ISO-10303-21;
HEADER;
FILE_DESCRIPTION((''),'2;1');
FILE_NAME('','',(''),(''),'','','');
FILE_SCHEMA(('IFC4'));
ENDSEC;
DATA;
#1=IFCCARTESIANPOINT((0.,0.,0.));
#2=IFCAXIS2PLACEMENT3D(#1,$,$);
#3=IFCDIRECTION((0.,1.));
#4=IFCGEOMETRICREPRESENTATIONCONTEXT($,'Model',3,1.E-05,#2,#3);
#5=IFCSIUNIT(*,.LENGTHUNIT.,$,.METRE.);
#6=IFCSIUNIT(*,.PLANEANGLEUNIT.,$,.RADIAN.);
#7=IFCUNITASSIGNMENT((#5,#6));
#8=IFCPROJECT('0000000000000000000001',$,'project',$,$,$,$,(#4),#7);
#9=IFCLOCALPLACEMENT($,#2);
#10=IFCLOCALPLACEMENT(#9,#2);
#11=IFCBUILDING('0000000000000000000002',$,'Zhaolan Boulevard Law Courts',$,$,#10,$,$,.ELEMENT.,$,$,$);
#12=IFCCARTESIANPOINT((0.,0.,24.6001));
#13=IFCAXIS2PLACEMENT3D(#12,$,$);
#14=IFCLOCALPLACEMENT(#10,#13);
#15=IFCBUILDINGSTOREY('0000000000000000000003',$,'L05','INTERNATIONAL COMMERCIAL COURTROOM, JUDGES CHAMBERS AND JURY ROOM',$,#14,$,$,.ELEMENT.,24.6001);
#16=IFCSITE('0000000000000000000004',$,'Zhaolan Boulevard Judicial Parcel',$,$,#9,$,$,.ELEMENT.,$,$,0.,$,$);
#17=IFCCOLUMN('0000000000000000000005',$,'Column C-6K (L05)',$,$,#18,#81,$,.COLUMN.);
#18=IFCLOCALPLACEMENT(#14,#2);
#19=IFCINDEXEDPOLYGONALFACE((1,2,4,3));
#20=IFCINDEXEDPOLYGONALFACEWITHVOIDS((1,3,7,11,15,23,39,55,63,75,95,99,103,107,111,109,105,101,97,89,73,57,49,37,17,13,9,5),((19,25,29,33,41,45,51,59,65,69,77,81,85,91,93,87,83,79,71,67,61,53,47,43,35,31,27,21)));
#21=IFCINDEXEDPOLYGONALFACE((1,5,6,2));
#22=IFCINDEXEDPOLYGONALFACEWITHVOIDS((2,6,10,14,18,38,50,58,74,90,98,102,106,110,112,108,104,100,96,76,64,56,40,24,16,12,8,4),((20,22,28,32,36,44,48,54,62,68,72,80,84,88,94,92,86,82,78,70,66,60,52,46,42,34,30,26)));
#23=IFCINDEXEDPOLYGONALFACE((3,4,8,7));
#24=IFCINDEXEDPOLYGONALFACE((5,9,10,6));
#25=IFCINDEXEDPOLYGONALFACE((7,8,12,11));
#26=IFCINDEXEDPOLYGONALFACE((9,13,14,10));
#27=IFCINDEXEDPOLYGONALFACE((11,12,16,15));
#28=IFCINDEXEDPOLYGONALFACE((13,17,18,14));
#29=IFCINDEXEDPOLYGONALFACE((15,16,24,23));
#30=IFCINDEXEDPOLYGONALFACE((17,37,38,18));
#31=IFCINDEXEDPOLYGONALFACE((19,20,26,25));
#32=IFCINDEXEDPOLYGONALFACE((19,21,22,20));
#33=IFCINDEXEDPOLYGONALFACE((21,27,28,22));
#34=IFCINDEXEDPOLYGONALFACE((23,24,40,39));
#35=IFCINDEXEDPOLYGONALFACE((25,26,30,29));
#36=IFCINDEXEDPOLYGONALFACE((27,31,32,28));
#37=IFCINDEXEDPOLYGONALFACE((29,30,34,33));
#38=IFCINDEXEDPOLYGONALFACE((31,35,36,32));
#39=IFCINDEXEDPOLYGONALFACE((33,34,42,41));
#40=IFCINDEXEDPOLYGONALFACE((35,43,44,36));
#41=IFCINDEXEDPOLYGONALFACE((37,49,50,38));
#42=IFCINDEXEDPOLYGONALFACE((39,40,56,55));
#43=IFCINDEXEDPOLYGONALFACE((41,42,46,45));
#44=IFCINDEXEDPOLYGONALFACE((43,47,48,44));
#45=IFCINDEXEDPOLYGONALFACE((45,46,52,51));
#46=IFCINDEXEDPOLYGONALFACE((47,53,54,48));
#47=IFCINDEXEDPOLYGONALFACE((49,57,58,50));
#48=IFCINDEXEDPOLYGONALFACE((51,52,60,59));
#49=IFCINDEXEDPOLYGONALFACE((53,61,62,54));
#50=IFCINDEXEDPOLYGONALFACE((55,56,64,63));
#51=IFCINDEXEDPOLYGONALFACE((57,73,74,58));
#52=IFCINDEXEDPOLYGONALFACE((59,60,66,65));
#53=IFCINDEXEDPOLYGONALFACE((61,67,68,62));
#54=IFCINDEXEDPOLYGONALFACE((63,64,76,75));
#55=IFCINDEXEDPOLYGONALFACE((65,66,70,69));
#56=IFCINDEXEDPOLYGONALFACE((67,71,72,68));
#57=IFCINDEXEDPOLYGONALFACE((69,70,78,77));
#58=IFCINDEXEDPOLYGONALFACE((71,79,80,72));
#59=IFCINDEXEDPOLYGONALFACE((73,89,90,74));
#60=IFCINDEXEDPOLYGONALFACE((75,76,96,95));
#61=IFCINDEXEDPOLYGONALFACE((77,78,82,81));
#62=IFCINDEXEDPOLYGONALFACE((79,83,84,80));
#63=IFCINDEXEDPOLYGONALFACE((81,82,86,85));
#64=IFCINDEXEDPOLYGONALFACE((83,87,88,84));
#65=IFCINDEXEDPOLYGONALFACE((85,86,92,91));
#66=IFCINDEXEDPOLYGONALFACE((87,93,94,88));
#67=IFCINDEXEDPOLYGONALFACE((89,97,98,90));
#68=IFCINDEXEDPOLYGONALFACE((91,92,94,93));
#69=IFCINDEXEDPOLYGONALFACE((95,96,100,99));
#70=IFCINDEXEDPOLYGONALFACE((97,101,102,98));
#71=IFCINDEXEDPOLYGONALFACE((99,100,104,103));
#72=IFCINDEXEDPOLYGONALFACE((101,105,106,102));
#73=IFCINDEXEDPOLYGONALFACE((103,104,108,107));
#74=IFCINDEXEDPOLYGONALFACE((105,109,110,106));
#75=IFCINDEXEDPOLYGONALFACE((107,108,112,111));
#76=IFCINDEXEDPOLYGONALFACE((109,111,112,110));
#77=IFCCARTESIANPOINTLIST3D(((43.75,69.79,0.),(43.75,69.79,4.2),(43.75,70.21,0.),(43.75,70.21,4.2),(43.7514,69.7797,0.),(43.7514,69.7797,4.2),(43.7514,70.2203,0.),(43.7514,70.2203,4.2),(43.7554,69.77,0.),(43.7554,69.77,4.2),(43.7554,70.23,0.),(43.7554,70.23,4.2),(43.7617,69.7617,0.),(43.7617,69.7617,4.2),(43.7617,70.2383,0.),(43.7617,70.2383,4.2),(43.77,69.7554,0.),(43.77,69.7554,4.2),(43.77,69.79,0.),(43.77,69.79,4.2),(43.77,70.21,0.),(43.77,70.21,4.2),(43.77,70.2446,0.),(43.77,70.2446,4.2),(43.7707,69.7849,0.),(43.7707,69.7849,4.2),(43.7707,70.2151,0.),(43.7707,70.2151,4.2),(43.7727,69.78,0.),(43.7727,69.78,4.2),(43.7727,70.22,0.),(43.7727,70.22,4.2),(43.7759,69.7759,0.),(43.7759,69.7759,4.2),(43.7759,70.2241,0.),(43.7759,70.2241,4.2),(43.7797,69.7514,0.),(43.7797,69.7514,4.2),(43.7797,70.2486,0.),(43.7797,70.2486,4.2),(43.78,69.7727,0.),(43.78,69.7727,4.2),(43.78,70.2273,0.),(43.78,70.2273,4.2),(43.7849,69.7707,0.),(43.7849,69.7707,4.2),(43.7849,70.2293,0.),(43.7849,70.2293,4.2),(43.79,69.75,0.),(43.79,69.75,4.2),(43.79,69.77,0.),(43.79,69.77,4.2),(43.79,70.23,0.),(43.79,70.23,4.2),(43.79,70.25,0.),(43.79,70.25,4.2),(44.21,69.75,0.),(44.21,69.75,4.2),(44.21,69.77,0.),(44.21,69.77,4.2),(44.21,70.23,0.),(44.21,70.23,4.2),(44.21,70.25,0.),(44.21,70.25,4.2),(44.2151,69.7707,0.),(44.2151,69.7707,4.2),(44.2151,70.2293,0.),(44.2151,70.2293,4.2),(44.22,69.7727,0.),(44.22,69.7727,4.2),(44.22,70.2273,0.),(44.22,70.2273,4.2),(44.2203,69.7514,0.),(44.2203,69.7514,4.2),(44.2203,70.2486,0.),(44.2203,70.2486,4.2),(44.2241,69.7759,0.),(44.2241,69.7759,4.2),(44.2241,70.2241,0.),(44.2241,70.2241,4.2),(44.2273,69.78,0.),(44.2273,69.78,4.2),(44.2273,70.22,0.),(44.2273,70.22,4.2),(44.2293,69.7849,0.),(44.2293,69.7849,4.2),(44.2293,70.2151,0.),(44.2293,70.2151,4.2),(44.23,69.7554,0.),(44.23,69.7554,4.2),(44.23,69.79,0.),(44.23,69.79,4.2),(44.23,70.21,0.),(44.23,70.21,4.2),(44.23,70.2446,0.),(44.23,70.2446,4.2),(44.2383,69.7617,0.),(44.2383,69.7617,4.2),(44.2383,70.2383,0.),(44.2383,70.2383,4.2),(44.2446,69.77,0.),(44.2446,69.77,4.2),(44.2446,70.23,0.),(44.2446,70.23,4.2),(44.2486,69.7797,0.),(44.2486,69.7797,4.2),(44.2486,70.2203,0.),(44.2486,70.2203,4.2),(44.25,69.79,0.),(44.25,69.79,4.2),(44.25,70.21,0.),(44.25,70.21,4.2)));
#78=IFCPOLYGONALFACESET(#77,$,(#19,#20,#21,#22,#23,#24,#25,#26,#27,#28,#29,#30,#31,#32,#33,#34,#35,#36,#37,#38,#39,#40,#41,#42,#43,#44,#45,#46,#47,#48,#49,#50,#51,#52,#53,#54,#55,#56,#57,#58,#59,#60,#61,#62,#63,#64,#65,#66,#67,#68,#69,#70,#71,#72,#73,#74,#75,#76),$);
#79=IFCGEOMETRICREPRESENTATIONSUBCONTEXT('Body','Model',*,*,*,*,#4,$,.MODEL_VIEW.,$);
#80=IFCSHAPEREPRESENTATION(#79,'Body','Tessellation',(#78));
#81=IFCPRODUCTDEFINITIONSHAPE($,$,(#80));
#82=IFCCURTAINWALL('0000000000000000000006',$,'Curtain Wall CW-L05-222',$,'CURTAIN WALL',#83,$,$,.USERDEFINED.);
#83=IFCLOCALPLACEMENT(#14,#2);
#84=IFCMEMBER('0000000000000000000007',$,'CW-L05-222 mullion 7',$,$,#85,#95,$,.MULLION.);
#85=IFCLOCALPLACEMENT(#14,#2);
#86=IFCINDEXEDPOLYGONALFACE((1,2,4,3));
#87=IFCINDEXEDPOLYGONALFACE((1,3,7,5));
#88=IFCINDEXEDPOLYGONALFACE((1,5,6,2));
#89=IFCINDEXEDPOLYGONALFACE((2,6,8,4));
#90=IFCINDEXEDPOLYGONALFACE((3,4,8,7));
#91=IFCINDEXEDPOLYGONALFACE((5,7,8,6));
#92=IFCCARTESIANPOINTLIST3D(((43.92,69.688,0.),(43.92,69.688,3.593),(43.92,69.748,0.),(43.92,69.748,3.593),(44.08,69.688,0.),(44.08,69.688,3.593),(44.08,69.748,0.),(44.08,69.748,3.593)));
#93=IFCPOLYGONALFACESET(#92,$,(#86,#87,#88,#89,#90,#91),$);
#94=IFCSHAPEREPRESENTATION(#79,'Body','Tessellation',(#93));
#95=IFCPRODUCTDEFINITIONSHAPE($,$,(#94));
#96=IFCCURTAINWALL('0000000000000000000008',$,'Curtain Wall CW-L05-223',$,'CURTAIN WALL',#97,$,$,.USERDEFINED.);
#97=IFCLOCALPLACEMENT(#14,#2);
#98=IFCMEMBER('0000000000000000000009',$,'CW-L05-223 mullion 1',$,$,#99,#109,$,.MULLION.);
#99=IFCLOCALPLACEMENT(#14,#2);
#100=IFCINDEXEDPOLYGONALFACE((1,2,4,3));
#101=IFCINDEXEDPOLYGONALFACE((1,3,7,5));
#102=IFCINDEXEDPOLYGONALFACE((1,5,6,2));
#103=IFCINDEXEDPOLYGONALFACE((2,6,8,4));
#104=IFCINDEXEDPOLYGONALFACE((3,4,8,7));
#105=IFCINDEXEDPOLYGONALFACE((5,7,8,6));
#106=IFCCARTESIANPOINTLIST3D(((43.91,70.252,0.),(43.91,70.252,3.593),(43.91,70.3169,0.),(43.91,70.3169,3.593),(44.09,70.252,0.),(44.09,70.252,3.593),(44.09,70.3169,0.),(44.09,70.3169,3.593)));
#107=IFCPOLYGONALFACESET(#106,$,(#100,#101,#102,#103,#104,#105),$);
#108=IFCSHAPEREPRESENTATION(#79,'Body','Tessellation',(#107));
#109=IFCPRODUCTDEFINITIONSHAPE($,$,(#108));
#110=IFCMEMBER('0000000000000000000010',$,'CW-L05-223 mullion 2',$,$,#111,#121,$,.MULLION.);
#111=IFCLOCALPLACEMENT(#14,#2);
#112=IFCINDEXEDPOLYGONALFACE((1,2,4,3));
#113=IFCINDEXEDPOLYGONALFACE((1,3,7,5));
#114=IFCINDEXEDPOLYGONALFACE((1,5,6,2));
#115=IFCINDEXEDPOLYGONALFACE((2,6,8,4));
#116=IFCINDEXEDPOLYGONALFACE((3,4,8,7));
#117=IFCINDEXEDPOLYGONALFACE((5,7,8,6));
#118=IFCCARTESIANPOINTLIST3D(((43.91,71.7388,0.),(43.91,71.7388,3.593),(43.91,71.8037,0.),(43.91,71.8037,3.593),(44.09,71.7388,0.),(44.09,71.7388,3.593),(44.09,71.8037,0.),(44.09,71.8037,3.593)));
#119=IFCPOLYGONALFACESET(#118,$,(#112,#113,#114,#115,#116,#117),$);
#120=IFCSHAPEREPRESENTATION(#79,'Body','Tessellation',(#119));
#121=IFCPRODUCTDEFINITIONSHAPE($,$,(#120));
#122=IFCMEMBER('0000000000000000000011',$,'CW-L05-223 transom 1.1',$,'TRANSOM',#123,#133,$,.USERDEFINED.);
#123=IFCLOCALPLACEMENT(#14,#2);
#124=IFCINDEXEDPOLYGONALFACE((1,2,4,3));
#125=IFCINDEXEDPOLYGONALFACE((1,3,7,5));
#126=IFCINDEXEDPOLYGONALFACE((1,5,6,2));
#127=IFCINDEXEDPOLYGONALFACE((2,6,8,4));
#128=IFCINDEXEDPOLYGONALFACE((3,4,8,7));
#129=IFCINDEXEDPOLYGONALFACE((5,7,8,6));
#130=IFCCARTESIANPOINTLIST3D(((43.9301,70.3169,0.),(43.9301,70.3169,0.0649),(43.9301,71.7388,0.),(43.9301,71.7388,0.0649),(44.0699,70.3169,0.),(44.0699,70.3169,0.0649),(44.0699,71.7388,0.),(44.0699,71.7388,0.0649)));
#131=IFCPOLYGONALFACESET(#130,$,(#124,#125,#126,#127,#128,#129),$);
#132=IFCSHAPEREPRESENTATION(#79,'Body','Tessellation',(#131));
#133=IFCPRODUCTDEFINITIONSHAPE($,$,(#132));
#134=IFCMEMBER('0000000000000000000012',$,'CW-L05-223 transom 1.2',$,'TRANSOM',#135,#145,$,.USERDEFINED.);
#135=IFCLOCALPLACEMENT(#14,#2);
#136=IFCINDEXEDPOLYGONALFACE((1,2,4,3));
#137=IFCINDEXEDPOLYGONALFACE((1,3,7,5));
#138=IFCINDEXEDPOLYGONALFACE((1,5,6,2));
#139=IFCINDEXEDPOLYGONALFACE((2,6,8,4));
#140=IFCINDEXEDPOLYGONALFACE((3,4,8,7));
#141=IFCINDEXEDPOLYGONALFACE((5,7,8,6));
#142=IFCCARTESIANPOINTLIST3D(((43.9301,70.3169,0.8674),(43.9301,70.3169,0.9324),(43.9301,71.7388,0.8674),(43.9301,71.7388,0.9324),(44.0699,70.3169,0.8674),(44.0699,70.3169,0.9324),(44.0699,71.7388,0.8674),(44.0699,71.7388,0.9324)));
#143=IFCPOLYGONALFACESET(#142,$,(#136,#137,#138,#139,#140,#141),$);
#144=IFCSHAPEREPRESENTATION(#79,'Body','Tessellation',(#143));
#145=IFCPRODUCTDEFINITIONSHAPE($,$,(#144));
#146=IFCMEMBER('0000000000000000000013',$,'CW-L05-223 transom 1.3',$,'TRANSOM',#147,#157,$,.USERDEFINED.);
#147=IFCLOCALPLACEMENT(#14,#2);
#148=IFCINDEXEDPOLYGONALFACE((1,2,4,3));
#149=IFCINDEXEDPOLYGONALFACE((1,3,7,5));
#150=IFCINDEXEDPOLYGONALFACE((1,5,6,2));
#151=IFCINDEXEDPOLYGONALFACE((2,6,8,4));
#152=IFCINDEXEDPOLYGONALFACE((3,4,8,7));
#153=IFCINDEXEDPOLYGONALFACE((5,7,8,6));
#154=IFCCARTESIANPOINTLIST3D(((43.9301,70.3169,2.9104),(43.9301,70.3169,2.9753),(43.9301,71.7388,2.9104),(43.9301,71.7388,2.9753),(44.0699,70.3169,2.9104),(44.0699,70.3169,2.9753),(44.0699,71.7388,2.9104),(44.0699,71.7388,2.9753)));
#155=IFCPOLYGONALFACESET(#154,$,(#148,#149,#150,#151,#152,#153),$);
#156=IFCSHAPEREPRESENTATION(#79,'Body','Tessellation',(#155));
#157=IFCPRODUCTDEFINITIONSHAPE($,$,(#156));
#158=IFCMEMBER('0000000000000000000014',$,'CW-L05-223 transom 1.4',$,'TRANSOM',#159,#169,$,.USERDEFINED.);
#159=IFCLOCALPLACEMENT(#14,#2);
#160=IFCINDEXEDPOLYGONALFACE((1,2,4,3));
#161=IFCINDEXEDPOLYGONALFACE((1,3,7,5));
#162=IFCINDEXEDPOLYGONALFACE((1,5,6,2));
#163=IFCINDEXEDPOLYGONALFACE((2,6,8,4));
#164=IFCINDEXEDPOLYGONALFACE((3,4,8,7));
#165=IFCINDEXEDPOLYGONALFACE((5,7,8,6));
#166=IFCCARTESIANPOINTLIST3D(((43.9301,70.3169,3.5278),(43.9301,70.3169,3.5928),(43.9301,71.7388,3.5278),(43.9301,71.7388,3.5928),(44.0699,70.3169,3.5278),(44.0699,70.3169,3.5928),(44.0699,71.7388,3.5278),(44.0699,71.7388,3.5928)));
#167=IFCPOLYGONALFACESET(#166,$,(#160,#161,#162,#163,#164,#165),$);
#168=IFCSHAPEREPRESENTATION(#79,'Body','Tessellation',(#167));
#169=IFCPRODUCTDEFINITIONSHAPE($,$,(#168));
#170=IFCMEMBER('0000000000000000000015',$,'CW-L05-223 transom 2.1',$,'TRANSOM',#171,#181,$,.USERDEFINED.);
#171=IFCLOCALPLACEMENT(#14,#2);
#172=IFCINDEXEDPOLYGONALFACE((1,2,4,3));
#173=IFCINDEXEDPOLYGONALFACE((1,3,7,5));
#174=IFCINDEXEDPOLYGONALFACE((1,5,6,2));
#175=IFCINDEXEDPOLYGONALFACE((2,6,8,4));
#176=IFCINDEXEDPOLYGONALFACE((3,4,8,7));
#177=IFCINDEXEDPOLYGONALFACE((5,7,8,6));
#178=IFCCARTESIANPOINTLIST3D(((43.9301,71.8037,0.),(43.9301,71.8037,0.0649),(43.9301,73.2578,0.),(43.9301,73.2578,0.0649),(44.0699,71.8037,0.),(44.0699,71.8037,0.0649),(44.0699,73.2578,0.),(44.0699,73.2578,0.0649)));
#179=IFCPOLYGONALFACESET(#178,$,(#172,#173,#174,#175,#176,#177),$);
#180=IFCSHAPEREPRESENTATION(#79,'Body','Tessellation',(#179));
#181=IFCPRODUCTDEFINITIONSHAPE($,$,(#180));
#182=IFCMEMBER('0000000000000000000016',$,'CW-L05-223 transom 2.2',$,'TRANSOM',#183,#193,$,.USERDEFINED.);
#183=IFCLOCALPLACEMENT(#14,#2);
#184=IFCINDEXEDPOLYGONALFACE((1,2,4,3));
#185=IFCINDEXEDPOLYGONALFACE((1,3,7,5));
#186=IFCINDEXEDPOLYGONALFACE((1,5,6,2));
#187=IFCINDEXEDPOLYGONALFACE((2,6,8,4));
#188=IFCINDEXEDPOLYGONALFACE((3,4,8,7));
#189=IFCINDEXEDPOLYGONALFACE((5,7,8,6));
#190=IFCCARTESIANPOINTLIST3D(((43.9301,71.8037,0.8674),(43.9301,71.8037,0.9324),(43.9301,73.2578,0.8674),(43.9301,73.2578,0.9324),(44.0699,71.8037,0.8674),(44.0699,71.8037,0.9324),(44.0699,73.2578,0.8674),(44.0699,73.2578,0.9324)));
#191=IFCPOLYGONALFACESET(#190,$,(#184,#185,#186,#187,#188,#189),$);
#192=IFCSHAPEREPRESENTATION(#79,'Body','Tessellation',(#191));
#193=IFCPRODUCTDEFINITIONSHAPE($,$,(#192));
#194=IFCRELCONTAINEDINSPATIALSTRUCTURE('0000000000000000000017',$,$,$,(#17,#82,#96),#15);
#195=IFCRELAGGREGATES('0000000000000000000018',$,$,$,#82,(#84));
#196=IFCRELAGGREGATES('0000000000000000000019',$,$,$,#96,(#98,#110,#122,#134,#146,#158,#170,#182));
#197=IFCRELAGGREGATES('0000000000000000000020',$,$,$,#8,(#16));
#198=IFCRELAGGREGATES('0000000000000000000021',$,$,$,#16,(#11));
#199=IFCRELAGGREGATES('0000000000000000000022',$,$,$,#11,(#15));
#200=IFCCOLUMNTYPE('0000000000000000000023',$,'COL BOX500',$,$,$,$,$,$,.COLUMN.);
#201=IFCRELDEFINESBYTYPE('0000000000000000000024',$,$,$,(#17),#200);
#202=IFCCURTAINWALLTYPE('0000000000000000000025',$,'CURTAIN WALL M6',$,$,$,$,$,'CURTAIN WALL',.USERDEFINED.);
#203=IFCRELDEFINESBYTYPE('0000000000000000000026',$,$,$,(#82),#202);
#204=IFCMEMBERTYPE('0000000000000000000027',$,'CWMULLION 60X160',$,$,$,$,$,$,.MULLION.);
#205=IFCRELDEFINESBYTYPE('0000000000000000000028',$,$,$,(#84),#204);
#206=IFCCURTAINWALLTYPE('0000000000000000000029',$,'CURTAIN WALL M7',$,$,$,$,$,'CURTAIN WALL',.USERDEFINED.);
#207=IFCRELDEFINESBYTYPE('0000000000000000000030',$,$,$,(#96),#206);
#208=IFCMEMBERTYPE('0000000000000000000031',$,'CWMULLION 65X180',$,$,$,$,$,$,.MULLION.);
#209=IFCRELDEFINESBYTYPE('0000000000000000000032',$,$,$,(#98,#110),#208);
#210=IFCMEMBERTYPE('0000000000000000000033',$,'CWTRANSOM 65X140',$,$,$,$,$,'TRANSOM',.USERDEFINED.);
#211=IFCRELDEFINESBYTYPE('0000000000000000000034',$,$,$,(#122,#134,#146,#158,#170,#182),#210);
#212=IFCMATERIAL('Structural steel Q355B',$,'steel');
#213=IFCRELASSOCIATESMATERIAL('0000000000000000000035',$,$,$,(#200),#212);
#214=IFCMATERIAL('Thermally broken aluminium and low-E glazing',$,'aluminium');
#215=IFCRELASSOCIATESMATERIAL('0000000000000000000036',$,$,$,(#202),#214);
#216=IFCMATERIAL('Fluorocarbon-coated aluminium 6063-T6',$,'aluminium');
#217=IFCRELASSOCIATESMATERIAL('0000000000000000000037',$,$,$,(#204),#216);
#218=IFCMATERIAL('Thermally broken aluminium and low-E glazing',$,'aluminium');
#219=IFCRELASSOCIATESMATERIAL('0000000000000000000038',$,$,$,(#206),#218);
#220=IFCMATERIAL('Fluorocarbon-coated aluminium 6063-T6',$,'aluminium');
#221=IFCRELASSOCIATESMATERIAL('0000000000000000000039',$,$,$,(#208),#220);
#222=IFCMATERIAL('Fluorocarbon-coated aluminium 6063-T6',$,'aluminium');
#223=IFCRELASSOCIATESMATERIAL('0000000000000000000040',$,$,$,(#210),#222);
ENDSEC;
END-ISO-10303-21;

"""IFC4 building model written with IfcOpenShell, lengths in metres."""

from ifc_helpers import new_model, si_unit, direction, frame, origin, origin_2d, place, context, subcontext, project, spatial, rectangle, hollow_rectangle, extrude, material, material_profile, profile_set, type_object, element, aggregate, save


model = new_model("IFC4")

# Units and contexts
model_context = context("Model", 3, precision=1e-05, world=origin(), true_north=direction((0.0, 1.0)))
body_context = subcontext(model_context, "Body", "Model", "MODEL_VIEW")
ifc_project = project(units=[si_unit("LENGTHUNIT", "METRE"), si_unit("PLANEANGLEUNIT", "RADIAN")], contexts=[model_context])

# Site, building, storey
site_placement = place(None, origin())
site = spatial("IfcSite", under=ifc_project, at=site_placement, Name="Zhaolan Boulevard Judicial Parcel", CompositionType="ELEMENT", RefElevation=0.0)
building_placement = place(site_placement, origin())
building = spatial("IfcBuilding", under=site, at=building_placement, Name="Zhaolan Boulevard Law Courts", CompositionType="ELEMENT")
storey_placement = place(building_placement, frame((0.0, 0.0, 24.6001)))
storey = spatial("IfcBuildingStorey", under=building, at=storey_placement, Name="L05", Description="INTERNATIONAL COMMERCIAL COURTROOM, JUDGES CHAMBERS AND JURY ROOM", CompositionType="ELEMENT", Elevation=24.6001)

# Column
ifc_material_1 = material(Name="Structural steel Q355B", Category="steel")
ifc_material_profile_1 = material_profile(ifc_material_1, hollow_rectangle(XDim=0.5, YDim=0.5, WallThickness=0.02, InnerFilletRadius=0.02, OuterFilletRadius=0.04, at=origin_2d()), Name="BOX500x500x20")
ifc_profile_set_1 = profile_set([ifc_material_profile_1], Name="Structural steel Q355B")
column_type = type_object("IfcColumnType", Name="COL BOX500", PredefinedType="COLUMN", material=ifc_profile_set_1)
column_placement = place(storey_placement, frame((44.0, 70.0, 0.0), z_axis=(0.0, 0.0, 1.0), x_axis=(1.0, 0.0, 0.0)))
element("IfcColumn", 1, at=column_placement, inside=storey, type_object=column_type, Name="Column C-6K (L05)", PredefinedType="COLUMN", context=body_context, shape_type="SweptSolid", body=[
    extrude(hollow_rectangle(XDim=0.5, YDim=0.5, WallThickness=0.02, InnerFilletRadius=0.02, OuterFilletRadius=0.04, at=origin_2d()), origin(), (0.0, 0.0, 1.0), 4.2),
])

# Curtain wall, member
ifc_material_2 = material(Name="Thermally broken aluminium and low-E glazing", Category="aluminium")
curtain_wall_type_1 = type_object("IfcCurtainWallType", Name="CURTAIN WALL M6", ElementType="CURTAIN WALL", PredefinedType="USERDEFINED", material=ifc_material_2)
curtain_wall_1_placement = place(storey_placement, origin())
curtain_wall_1 = element("IfcCurtainWall", 2, at=curtain_wall_1_placement, inside=storey, type_object=curtain_wall_type_1, Name="Curtain Wall CW-L05-222", ObjectType="CURTAIN WALL", PredefinedType="USERDEFINED")
ifc_material_3 = material(Name="Fluorocarbon-coated aluminium 6063-T6", Category="aluminium")
ifc_material_profile_2 = material_profile(ifc_material_3, rectangle(XDim=0.1599, YDim=0.0601, at=origin_2d()), Name="AL60x160")
ifc_profile_set_2 = profile_set([ifc_material_profile_2], Name="Fluorocarbon-coated aluminium 6063-T6")
member_type_1 = type_object("IfcMemberType", Name="CWMULLION 60X160", PredefinedType="MULLION", material=ifc_profile_set_2)
member_1_placement = place(storey_placement, frame((44.0, 69.718, 0.0), z_axis=(0.0, 0.0, 1.0), x_axis=(-1.0, 0.0, 0.0)))
member_1 = element("IfcMember", 3, at=member_1_placement, type_object=member_type_1, Name="CW-L05-222 mullion 7", PredefinedType="MULLION", context=body_context, shape_type="SweptSolid", body=[
    extrude(rectangle(XDim=0.1599, YDim=0.0601, at=origin_2d()), origin(), (0.0, 0.0, 1.0), 3.593),
])

# Curtain wall, members
ifc_material_4 = material(Name="Thermally broken aluminium and low-E glazing", Category="aluminium")
curtain_wall_type_2 = type_object("IfcCurtainWallType", Name="CURTAIN WALL M7", ElementType="CURTAIN WALL", PredefinedType="USERDEFINED", material=ifc_material_4)
curtain_wall_2_placement = place(storey_placement, origin())
curtain_wall_2 = element("IfcCurtainWall", 4, at=curtain_wall_2_placement, inside=storey, type_object=curtain_wall_type_2, Name="Curtain Wall CW-L05-223", ObjectType="CURTAIN WALL", PredefinedType="USERDEFINED")
ifc_material_5 = material(Name="Fluorocarbon-coated aluminium 6063-T6", Category="aluminium")
ifc_material_profile_3 = material_profile(ifc_material_5, rectangle(XDim=0.1799, YDim=0.0649, at=origin_2d()), Name="AL65x180")
ifc_profile_set_3 = profile_set([ifc_material_profile_3], Name="Fluorocarbon-coated aluminium 6063-T6")
member_type_2 = type_object("IfcMemberType", Name="CWMULLION 65X180", PredefinedType="MULLION", material=ifc_profile_set_3)
member_2_placement = place(storey_placement, frame((44.0, 70.2844, 0.0), z_axis=(0.0, 0.0, 1.0), x_axis=(-1.0, 0.0, 0.0)))
member_2 = element("IfcMember", 5, at=member_2_placement, type_object=member_type_2, Name="CW-L05-223 mullion 1", PredefinedType="MULLION", context=body_context, shape_type="SweptSolid", body=[
    extrude(rectangle(XDim=0.1799, YDim=0.0649, at=origin_2d()), origin(), (0.0, 0.0, 1.0), 3.593),
])
member_3_placement = place(storey_placement, frame((44.0, 71.7712, 0.0), z_axis=(0.0, 0.0, 1.0), x_axis=(-1.0, 0.0, 0.0)))
member_3 = element("IfcMember", 6, at=member_3_placement, type_object=member_type_2, Name="CW-L05-223 mullion 2", PredefinedType="MULLION", context=body_context, shape_type="SweptSolid", body=[
    extrude(rectangle(XDim=0.1799, YDim=0.0649, at=origin_2d()), origin(), (0.0, 0.0, 1.0), 3.593),
])
ifc_material_6 = material(Name="Fluorocarbon-coated aluminium 6063-T6", Category="aluminium")
ifc_material_profile_4 = material_profile(ifc_material_6, rectangle(XDim=0.1399, YDim=0.0649, at=origin_2d()), Name="AL65x140")
ifc_profile_set_4 = profile_set([ifc_material_profile_4], Name="Fluorocarbon-coated aluminium 6063-T6")
member_type_3 = type_object("IfcMemberType", Name="CWTRANSOM 65X140", ElementType="TRANSOM", PredefinedType="USERDEFINED", material=ifc_profile_set_4)
member_4_placement = place(storey_placement, frame((44.0, 70.3169, 0.0325), z_axis=(0.0, 1.0, 0.0), x_axis=(-1.0, 0.0, 0.0)))
member_4 = element("IfcMember", 7, at=member_4_placement, type_object=member_type_3, Name="CW-L05-223 transom 1.1", ObjectType="TRANSOM", PredefinedType="USERDEFINED", context=body_context, shape_type="SweptSolid", body=[
    extrude(rectangle(XDim=0.1399, YDim=0.0649, at=origin_2d()), origin(), (0.0, 0.0, 1.0), 1.4219),
])
member_5_placement = place(storey_placement, frame((44.0, 70.3169, 0.8999), z_axis=(0.0, 1.0, 0.0), x_axis=(-1.0, 0.0, 0.0)))
member_5 = element("IfcMember", 8, at=member_5_placement, type_object=member_type_3, Name="CW-L05-223 transom 1.2", ObjectType="TRANSOM", PredefinedType="USERDEFINED", context=body_context, shape_type="SweptSolid", body=[
    extrude(rectangle(XDim=0.1399, YDim=0.0649, at=origin_2d()), origin(), (0.0, 0.0, 1.0), 1.4219),
])
member_6_placement = place(storey_placement, frame((44.0, 70.3169, 2.9429), z_axis=(0.0, 1.0, 0.0), x_axis=(-1.0, 0.0, 0.0)))
member_6 = element("IfcMember", 9, at=member_6_placement, type_object=member_type_3, Name="CW-L05-223 transom 1.3", ObjectType="TRANSOM", PredefinedType="USERDEFINED", context=body_context, shape_type="SweptSolid", body=[
    extrude(rectangle(XDim=0.1399, YDim=0.0649, at=origin_2d()), origin(), (0.0, 0.0, 1.0), 1.4219),
])
member_7_placement = place(storey_placement, frame((44.0, 70.3169, 3.5603), z_axis=(0.0, 1.0, 0.0), x_axis=(-1.0, 0.0, 0.0)))
member_7 = element("IfcMember", 10, at=member_7_placement, type_object=member_type_3, Name="CW-L05-223 transom 1.4", ObjectType="TRANSOM", PredefinedType="USERDEFINED", context=body_context, shape_type="SweptSolid", body=[
    extrude(rectangle(XDim=0.1399, YDim=0.0649, at=origin_2d()), origin(), (0.0, 0.0, 1.0), 1.4219),
])
member_8_placement = place(storey_placement, frame((44.0, 71.8037, 0.0325), z_axis=(0.0, 1.0, 0.0), x_axis=(-1.0, 0.0, 0.0)))
member_8 = element("IfcMember", 11, at=member_8_placement, type_object=member_type_3, Name="CW-L05-223 transom 2.1", ObjectType="TRANSOM", PredefinedType="USERDEFINED", context=body_context, shape_type="SweptSolid", body=[
    extrude(rectangle(XDim=0.1399, YDim=0.0649, at=origin_2d()), origin(), (0.0, 0.0, 1.0), 1.4541),
])
member_9_placement = place(storey_placement, frame((44.0, 71.8037, 0.8999), z_axis=(0.0, 1.0, 0.0), x_axis=(-1.0, 0.0, 0.0)))
member_9 = element("IfcMember", 12, at=member_9_placement, type_object=member_type_3, Name="CW-L05-223 transom 2.2", ObjectType="TRANSOM", PredefinedType="USERDEFINED", context=body_context, shape_type="SweptSolid", body=[
    extrude(rectangle(XDim=0.1399, YDim=0.0649, at=origin_2d()), origin(), (0.0, 0.0, 1.0), 1.4541),
])

aggregate(curtain_wall_1, [member_1])
aggregate(curtain_wall_2, [member_2, member_3, member_4, member_5, member_6, member_7, member_8, member_9])

save(model, "model.ifc")
